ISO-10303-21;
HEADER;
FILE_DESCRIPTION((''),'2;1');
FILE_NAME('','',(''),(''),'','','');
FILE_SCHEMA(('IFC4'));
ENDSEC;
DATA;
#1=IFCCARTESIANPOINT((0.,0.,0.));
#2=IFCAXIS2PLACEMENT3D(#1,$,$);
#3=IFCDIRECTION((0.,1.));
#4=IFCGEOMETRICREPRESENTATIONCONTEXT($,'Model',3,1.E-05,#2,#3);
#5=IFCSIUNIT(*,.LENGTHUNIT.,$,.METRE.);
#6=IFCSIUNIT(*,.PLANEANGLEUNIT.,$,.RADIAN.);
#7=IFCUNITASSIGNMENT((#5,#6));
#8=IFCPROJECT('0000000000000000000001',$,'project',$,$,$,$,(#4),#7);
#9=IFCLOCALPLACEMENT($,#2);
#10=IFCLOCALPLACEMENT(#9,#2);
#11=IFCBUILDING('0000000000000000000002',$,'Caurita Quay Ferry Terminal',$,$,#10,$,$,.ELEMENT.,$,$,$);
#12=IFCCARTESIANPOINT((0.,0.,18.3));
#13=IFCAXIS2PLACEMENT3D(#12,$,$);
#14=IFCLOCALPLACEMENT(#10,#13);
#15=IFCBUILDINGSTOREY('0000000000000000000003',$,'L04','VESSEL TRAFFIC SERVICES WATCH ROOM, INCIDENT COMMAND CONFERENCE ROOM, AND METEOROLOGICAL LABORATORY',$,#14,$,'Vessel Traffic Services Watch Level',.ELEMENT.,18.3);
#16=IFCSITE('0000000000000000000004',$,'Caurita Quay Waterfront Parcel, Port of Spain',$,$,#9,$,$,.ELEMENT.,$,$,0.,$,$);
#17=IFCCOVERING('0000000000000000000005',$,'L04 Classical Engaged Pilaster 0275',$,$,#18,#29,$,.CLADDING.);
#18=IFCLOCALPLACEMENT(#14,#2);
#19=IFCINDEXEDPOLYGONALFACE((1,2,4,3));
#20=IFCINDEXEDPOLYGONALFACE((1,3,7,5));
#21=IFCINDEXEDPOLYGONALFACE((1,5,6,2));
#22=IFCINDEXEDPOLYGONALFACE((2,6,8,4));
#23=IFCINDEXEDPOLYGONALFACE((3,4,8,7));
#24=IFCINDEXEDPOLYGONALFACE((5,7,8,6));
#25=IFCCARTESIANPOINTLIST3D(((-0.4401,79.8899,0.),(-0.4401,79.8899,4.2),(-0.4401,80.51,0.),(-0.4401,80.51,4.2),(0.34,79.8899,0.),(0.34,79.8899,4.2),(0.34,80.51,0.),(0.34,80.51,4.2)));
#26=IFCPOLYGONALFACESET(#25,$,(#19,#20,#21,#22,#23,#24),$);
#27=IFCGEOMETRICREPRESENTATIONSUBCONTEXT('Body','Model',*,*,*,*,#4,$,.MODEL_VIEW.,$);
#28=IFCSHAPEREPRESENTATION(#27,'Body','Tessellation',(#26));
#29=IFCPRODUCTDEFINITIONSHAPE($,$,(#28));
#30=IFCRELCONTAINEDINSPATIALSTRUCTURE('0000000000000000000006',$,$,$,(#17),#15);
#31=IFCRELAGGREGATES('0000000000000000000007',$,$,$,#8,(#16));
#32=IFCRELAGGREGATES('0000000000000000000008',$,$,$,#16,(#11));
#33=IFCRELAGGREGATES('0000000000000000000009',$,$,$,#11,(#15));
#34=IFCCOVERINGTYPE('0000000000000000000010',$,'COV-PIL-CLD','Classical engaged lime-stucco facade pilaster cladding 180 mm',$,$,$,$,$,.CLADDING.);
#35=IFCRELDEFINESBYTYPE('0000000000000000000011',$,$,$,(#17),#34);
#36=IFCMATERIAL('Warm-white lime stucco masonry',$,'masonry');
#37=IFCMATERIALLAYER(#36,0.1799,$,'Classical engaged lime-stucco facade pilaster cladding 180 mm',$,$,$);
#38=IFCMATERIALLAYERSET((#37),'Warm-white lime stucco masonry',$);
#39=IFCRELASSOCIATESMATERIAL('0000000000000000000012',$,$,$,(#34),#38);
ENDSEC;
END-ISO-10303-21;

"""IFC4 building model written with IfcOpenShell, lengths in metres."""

from ifc_helpers import new_model, si_unit, direction, frame, origin, origin_2d, place, context, subcontext, project, spatial, rectangle, extrude, material, layer, layer_set, type_object, element, save


model = new_model("IFC4")

# Units and contexts
model_context = context("Model", 3, precision=1e-05, world=origin(), true_north=direction((0.0, 1.0)))
body_context = subcontext(model_context, "Body", "Model", "MODEL_VIEW")
ifc_project = project(units=[si_unit("LENGTHUNIT", "METRE"), si_unit("PLANEANGLEUNIT", "RADIAN")], contexts=[model_context])

# Site, building, storey
site_placement = place(None, origin())
site = spatial("IfcSite", under=ifc_project, at=site_placement, Name="Caurita Quay Waterfront Parcel, Port of Spain", CompositionType="ELEMENT", RefElevation=0.0)
building_placement = place(site_placement, origin())
building = spatial("IfcBuilding", under=site, at=building_placement, Name="Caurita Quay Ferry Terminal", CompositionType="ELEMENT")
storey_placement = place(building_placement, frame((0.0, 0.0, 18.3)))
storey = spatial("IfcBuildingStorey", under=building, at=storey_placement, Name="L04", Description="VESSEL TRAFFIC SERVICES WATCH ROOM, INCIDENT COMMAND CONFERENCE ROOM, AND METEOROLOGICAL LABORATORY", LongName="Vessel Traffic Services Watch Level", CompositionType="ELEMENT", Elevation=18.3)

# Covering
ifc_material_1 = material(Name="Warm-white lime stucco masonry", Category="masonry")
ifc_layer_1 = layer(ifc_material_1, 0.1799, Name="Classical engaged lime-stucco facade pilaster cladding 180 mm")
ifc_layer_set_1 = layer_set([ifc_layer_1], Name="Warm-white lime stucco masonry")
covering_type = type_object("IfcCoveringType", Name="COV-PIL-CLD", Description="Classical engaged lime-stucco facade pilaster cladding 180 mm", PredefinedType="CLADDING", material=ifc_layer_set_1)
covering_placement = place(storey_placement, frame((-0.05, 80.2, 0.0), z_axis=(0.0, 0.0, 1.0), x_axis=(1.0, 0.0, 0.0)))
element("IfcCovering", 1, at=covering_placement, inside=storey, type_object=covering_type, Name="L04 Classical Engaged Pilaster 0275", PredefinedType="CLADDING", context=body_context, shape_type="SweptSolid", body=[
    extrude(rectangle(XDim=0.78, YDim=0.6201, at=origin_2d()), origin(), (0.0, 0.0, 1.0), 4.2),
])

save(model, "model.ifc")
